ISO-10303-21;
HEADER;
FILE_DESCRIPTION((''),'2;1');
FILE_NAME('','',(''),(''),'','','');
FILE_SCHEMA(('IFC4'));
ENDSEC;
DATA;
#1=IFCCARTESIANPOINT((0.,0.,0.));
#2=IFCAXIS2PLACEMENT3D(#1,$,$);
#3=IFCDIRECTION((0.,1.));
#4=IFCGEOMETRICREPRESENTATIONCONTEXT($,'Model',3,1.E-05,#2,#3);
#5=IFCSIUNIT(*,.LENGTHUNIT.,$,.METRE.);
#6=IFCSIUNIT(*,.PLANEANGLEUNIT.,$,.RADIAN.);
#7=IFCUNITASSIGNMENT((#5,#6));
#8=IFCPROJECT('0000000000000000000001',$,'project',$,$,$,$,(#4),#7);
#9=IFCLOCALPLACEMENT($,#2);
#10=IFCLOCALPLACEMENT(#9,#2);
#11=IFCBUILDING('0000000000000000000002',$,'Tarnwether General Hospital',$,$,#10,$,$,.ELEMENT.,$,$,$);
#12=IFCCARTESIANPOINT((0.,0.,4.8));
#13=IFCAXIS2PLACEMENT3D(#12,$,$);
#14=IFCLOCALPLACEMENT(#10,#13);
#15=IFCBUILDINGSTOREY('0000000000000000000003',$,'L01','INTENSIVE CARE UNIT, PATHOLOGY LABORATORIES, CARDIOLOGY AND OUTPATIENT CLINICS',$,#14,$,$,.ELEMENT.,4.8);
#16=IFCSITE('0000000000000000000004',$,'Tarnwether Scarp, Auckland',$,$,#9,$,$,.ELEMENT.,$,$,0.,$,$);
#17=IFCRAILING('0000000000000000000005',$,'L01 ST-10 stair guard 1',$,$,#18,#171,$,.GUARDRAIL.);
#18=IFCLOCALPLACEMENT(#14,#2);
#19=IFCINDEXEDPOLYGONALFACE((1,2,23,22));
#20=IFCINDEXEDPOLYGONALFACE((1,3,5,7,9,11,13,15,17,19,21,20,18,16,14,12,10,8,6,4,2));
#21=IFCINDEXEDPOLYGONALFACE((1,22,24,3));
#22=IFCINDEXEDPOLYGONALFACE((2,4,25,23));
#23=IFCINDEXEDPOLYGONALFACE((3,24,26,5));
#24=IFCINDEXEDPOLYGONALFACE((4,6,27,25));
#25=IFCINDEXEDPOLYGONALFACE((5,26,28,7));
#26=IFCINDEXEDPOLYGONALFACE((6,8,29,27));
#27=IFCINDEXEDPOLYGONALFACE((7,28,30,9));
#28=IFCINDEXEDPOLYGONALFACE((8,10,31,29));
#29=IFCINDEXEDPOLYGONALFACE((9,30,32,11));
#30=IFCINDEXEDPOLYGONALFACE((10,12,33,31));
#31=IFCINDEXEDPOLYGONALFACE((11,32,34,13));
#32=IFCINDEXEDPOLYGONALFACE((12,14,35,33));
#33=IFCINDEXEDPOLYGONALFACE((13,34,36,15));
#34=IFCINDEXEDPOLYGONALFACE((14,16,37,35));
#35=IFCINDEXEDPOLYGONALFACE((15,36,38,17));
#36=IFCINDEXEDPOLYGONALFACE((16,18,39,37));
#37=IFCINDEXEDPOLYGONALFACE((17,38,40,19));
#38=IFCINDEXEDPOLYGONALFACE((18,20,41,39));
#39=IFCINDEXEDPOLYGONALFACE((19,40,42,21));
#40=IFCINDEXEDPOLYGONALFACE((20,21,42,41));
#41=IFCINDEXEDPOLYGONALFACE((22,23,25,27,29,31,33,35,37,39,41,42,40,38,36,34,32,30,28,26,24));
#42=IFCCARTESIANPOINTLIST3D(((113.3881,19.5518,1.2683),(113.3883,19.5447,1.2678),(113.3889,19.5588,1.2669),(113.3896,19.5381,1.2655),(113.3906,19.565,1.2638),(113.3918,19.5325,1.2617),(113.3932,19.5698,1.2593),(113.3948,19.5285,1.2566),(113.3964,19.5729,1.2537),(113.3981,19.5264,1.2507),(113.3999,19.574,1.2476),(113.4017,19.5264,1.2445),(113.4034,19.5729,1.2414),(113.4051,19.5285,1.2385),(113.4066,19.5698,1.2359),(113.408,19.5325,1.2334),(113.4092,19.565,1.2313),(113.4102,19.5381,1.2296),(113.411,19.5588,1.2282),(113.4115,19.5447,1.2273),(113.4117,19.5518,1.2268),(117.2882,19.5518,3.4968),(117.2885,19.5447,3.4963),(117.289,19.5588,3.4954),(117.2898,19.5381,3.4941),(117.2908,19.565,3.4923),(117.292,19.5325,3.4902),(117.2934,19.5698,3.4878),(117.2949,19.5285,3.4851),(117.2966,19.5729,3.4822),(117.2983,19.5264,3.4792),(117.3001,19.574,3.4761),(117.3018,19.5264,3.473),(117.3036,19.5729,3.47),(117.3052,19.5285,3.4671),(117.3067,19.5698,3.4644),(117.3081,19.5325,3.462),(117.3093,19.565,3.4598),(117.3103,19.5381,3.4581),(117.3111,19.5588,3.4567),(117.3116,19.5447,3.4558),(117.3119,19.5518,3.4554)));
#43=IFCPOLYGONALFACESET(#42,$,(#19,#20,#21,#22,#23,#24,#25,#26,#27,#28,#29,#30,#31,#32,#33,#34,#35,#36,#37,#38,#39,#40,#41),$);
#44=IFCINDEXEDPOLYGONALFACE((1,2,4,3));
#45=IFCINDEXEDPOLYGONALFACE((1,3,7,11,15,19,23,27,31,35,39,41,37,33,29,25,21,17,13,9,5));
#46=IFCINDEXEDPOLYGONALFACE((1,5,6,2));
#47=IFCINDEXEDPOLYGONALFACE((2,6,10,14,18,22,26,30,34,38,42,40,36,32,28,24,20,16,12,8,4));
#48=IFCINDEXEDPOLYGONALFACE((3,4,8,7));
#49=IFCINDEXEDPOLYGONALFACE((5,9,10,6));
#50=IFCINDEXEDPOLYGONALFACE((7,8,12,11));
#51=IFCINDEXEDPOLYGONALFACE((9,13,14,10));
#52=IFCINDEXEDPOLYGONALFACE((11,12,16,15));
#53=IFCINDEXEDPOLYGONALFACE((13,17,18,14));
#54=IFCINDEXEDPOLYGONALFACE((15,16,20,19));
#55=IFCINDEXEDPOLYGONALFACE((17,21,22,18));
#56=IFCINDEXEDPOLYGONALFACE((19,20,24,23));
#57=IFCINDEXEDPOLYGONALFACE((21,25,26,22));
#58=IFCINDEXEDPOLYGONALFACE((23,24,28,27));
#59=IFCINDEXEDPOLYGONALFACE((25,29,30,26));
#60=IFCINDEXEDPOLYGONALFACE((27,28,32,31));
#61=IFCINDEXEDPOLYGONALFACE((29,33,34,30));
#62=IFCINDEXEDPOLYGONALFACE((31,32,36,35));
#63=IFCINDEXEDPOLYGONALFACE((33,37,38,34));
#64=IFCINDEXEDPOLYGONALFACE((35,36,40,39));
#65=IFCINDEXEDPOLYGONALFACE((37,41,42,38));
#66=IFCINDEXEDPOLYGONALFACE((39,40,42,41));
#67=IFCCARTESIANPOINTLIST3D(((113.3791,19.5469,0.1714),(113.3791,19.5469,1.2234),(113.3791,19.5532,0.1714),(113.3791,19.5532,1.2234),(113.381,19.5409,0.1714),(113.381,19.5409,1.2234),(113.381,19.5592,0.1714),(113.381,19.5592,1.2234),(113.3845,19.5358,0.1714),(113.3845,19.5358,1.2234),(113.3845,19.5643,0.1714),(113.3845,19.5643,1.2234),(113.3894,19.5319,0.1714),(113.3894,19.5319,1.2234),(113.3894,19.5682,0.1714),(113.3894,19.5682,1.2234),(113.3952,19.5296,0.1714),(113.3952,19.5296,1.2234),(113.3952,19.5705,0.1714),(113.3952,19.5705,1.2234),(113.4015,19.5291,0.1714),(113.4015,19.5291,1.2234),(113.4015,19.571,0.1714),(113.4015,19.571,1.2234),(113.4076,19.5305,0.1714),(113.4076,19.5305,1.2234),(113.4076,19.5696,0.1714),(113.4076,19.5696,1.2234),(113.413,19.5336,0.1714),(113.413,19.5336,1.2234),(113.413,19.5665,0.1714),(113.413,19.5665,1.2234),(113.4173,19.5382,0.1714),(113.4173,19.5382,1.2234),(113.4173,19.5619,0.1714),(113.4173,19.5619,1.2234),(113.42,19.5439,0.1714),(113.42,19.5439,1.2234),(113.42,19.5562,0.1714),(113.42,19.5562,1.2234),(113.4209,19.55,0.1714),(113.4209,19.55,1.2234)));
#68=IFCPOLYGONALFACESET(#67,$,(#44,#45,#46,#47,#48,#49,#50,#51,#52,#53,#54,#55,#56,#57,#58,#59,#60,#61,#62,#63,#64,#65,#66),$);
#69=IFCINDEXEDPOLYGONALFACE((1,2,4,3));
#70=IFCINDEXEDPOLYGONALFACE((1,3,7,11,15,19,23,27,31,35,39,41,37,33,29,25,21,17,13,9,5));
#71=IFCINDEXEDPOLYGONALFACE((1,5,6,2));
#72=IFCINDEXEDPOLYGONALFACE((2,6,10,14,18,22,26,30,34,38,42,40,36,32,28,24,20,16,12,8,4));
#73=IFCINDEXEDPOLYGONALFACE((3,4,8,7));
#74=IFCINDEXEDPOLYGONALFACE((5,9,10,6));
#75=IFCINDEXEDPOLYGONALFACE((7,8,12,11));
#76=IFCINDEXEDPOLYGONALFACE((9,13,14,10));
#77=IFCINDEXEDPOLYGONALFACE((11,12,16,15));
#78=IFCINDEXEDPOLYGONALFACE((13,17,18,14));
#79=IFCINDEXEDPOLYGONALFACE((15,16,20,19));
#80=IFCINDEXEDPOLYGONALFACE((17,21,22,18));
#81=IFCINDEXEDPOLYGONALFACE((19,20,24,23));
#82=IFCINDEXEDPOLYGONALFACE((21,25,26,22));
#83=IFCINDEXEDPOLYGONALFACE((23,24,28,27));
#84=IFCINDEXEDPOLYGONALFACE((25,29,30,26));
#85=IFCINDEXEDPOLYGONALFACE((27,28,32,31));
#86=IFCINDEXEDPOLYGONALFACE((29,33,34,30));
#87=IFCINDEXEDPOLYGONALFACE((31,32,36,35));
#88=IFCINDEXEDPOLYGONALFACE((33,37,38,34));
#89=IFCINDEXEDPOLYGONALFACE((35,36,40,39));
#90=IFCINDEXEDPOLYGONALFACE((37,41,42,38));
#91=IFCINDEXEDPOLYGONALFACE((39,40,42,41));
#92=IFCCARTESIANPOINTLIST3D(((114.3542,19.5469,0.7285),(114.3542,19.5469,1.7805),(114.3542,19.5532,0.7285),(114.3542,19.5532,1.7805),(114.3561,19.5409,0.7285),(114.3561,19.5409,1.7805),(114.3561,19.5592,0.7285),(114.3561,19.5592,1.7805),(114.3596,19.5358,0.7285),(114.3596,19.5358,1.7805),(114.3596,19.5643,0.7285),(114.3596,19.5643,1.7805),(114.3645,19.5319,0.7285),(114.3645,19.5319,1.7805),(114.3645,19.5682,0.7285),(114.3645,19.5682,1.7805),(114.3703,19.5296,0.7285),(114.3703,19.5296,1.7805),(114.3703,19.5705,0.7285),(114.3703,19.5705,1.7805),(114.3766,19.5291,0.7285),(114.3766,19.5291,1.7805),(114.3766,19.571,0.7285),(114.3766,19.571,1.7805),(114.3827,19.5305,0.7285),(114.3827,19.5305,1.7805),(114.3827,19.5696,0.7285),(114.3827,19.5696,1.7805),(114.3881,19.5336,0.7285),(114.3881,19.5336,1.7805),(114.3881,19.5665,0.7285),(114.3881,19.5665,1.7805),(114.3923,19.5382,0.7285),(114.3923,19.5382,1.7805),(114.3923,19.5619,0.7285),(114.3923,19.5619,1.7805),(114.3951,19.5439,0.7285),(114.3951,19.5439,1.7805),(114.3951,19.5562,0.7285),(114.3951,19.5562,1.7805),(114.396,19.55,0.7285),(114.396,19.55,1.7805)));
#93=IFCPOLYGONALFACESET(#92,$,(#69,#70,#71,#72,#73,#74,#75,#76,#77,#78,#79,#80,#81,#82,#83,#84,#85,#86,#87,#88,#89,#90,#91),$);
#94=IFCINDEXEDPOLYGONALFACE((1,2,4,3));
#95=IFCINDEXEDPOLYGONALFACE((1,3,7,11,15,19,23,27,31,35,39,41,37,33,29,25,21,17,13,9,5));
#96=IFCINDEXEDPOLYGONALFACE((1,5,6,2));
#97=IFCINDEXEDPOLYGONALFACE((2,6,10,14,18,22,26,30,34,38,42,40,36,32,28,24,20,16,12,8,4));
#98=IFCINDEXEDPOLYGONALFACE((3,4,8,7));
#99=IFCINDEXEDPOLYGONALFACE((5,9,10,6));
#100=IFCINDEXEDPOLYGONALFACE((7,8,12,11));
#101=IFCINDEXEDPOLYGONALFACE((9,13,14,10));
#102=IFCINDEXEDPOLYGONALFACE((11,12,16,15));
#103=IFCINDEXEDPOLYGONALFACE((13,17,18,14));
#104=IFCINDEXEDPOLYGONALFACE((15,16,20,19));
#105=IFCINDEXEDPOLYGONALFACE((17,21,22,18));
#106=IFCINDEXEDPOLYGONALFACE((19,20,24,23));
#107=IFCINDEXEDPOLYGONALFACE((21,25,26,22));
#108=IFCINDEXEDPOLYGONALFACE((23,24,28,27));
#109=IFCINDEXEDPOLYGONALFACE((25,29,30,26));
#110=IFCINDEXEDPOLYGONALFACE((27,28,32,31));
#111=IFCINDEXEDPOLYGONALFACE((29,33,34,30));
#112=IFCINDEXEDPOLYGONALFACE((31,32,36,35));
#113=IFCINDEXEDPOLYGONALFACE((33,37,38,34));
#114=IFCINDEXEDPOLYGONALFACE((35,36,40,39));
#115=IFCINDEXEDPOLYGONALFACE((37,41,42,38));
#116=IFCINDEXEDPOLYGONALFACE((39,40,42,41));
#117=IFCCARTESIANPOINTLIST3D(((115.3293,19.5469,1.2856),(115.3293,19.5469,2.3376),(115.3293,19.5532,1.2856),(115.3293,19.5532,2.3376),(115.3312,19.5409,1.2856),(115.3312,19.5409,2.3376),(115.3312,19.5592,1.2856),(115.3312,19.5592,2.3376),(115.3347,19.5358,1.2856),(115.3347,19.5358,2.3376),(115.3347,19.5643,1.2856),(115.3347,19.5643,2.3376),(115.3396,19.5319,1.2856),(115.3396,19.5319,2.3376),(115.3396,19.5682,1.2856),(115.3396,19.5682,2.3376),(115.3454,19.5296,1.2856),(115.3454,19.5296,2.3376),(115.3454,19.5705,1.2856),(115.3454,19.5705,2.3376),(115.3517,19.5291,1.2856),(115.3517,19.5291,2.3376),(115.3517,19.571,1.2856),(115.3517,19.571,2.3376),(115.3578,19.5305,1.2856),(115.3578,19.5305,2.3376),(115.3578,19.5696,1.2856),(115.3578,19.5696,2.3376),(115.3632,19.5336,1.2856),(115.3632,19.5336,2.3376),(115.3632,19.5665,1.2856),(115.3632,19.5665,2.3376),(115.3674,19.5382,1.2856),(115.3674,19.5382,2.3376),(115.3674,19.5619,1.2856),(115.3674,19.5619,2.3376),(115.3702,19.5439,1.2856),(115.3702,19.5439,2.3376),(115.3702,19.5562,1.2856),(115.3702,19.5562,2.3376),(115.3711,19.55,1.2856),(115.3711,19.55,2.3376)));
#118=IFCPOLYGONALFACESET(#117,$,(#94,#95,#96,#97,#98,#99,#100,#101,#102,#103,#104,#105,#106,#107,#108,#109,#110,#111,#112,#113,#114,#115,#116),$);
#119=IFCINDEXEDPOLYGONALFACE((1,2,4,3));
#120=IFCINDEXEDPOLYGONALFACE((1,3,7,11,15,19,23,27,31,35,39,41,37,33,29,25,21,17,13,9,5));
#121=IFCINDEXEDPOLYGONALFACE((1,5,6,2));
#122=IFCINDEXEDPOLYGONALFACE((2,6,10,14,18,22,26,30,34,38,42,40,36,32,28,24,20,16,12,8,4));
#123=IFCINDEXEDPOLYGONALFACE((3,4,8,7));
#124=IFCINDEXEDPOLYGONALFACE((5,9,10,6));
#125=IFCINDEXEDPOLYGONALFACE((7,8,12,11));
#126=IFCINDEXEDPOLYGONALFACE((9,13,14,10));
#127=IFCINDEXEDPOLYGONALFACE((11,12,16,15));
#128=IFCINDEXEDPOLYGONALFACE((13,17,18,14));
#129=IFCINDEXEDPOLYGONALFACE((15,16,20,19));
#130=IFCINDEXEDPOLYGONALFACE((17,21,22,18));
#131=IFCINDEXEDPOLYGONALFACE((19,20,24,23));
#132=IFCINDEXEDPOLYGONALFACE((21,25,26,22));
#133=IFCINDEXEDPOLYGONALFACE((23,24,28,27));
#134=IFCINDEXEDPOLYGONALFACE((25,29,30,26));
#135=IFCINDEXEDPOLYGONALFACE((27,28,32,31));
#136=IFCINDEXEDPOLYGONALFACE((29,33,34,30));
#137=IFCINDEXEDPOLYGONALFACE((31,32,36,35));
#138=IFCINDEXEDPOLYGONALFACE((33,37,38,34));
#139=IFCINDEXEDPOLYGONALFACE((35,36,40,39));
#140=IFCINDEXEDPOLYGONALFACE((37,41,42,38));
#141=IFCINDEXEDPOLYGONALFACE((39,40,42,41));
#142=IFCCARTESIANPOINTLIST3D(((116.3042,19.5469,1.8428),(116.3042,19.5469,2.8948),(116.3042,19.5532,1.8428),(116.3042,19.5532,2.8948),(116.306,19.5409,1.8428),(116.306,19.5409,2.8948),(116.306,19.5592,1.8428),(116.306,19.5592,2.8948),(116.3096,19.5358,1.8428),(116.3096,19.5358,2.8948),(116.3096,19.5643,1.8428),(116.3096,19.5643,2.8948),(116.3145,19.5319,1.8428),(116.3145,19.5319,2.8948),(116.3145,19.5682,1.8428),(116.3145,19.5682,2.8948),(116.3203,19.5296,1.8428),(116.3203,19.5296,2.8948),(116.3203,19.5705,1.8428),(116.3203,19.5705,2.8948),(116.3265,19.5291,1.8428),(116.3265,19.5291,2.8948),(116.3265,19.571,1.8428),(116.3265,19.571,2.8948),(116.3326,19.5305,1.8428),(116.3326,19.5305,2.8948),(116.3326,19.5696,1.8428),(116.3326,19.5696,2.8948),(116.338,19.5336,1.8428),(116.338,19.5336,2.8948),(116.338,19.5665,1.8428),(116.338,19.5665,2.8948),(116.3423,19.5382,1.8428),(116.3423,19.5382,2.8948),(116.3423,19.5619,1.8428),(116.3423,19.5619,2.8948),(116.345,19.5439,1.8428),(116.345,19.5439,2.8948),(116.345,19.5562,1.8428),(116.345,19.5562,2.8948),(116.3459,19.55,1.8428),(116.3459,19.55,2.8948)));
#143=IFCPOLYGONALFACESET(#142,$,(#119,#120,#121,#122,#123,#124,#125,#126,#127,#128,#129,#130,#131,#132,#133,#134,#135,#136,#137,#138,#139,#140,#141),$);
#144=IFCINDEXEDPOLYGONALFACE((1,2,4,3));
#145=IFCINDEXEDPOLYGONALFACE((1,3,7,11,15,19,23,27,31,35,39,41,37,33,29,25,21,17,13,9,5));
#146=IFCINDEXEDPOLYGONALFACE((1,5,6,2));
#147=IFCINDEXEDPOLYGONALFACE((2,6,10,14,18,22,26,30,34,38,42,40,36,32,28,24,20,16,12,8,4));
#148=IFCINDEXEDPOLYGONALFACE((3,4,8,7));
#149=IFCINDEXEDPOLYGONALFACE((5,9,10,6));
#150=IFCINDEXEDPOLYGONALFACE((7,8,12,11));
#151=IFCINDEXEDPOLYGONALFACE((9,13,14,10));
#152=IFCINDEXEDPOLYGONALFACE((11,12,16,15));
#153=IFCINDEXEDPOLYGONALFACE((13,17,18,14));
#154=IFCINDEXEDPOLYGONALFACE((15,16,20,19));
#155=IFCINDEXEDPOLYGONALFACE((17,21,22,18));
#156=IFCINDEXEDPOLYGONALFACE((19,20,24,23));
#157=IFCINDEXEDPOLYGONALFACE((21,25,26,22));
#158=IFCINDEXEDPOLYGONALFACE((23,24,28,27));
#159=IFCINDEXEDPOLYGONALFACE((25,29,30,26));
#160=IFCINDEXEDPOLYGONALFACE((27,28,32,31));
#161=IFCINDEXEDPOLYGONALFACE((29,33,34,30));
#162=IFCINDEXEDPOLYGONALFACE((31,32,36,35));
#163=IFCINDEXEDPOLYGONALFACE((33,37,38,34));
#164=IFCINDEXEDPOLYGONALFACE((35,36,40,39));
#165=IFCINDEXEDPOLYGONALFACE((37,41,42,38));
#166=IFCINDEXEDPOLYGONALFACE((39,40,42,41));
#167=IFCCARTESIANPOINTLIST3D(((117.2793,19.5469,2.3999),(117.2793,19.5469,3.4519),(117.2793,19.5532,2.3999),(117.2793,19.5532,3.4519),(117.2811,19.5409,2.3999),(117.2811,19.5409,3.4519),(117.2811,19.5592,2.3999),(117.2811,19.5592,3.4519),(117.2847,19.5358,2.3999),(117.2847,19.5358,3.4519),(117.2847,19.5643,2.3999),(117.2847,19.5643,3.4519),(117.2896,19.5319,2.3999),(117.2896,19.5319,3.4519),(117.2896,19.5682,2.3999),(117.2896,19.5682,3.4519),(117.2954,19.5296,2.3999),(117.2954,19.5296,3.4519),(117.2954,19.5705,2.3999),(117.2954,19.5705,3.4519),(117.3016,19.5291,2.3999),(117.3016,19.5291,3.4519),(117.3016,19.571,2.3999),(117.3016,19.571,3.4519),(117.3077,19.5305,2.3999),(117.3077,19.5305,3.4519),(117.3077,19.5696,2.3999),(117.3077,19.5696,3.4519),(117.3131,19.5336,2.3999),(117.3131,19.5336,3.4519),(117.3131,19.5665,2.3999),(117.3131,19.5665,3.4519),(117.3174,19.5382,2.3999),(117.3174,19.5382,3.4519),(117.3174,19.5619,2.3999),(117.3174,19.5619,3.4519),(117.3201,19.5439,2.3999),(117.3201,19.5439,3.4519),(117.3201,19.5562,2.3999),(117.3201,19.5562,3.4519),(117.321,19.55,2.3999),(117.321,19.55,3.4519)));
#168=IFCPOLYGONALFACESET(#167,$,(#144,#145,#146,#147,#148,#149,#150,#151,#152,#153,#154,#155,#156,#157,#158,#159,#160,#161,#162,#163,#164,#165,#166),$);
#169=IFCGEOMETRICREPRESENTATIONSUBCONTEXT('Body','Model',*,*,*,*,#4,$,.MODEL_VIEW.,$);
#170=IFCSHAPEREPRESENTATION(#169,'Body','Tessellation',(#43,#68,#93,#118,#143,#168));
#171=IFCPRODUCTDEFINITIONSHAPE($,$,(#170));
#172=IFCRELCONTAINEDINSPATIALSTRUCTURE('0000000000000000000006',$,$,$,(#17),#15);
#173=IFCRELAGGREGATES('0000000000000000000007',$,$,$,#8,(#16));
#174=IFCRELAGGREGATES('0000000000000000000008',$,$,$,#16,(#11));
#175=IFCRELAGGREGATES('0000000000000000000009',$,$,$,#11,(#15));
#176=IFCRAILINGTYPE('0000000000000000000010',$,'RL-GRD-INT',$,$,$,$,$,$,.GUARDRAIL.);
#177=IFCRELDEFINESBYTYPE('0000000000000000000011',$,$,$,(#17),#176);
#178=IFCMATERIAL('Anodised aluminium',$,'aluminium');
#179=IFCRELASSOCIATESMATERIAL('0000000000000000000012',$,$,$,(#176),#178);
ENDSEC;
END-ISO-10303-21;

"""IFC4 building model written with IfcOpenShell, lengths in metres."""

from ifc_helpers import new_model, si_unit, direction, frame, origin, origin_2d, place, context, subcontext, project, spatial, circle, extrude, material, type_object, element, save


model = new_model("IFC4")

# Units and contexts
model_context = context("Model", 3, precision=1e-05, world=origin(), true_north=direction((0.0, 1.0)))
body_context = subcontext(model_context, "Body", "Model", "MODEL_VIEW")
ifc_project = project(units=[si_unit("LENGTHUNIT", "METRE"), si_unit("PLANEANGLEUNIT", "RADIAN")], contexts=[model_context])

# Site, building, storey
site_placement = place(None, origin())
site = spatial("IfcSite", under=ifc_project, at=site_placement, Name="Tarnwether Scarp, Auckland", CompositionType="ELEMENT", RefElevation=0.0)
building_placement = place(site_placement, origin())
building = spatial("IfcBuilding", under=site, at=building_placement, Name="Tarnwether General Hospital", CompositionType="ELEMENT")
storey_placement = place(building_placement, frame((0.0, 0.0, 4.8)))
storey = spatial("IfcBuildingStorey", under=building, at=storey_placement, Name="L01", Description="INTENSIVE CARE UNIT, PATHOLOGY LABORATORIES, CARDIOLOGY AND OUTPATIENT CLINICS", CompositionType="ELEMENT", Elevation=4.8)

# Railing
ifc_material_1 = material(Name="Anodised aluminium", Category="aluminium")
railing_type_1 = type_object("IfcRailingType", Name="RL-GRD-INT", PredefinedType="GUARDRAIL", material=ifc_material_1)
railing_1_placement = place(storey_placement, frame((113.3999, 19.55, 0.1714)))
element("IfcRailing", 1, at=railing_1_placement, inside=storey, type_object=railing_type_1, Name="L01 ST-10 stair guard 1", PredefinedType="GUARDRAIL", context=body_context, shape_type="SweptSolid", body=[
    extrude(circle(Radius=0.0239, at=origin_2d()), frame((0.0, 0.0, 1.0762), z_axis=(0.868257, 0.0, 0.496116), x_axis=(0.0, 1.0, 0.0)), (0.0, 0.0, 1.0), 4.4919),
    extrude(circle(Radius=0.021, at=origin_2d()), origin(), (0.0, 0.0, 1.0), 1.052),
    extrude(circle(Radius=0.021, at=origin_2d()), frame((0.9751, 0.0, 0.5571)), (0.0, 0.0, 1.0), 1.052),
    extrude(circle(Radius=0.021, at=origin_2d()), frame((1.9502, 0.0, 1.1143)), (0.0, 0.0, 1.0), 1.052),
    extrude(circle(Radius=0.021, at=origin_2d()), frame((2.925, 0.0, 1.6714)), (0.0, 0.0, 1.0), 1.052),
    extrude(circle(Radius=0.021, at=origin_2d()), frame((3.9001, 0.0, 2.2285)), (0.0, 0.0, 1.0), 1.052),
])

save(model, "model.ifc")
